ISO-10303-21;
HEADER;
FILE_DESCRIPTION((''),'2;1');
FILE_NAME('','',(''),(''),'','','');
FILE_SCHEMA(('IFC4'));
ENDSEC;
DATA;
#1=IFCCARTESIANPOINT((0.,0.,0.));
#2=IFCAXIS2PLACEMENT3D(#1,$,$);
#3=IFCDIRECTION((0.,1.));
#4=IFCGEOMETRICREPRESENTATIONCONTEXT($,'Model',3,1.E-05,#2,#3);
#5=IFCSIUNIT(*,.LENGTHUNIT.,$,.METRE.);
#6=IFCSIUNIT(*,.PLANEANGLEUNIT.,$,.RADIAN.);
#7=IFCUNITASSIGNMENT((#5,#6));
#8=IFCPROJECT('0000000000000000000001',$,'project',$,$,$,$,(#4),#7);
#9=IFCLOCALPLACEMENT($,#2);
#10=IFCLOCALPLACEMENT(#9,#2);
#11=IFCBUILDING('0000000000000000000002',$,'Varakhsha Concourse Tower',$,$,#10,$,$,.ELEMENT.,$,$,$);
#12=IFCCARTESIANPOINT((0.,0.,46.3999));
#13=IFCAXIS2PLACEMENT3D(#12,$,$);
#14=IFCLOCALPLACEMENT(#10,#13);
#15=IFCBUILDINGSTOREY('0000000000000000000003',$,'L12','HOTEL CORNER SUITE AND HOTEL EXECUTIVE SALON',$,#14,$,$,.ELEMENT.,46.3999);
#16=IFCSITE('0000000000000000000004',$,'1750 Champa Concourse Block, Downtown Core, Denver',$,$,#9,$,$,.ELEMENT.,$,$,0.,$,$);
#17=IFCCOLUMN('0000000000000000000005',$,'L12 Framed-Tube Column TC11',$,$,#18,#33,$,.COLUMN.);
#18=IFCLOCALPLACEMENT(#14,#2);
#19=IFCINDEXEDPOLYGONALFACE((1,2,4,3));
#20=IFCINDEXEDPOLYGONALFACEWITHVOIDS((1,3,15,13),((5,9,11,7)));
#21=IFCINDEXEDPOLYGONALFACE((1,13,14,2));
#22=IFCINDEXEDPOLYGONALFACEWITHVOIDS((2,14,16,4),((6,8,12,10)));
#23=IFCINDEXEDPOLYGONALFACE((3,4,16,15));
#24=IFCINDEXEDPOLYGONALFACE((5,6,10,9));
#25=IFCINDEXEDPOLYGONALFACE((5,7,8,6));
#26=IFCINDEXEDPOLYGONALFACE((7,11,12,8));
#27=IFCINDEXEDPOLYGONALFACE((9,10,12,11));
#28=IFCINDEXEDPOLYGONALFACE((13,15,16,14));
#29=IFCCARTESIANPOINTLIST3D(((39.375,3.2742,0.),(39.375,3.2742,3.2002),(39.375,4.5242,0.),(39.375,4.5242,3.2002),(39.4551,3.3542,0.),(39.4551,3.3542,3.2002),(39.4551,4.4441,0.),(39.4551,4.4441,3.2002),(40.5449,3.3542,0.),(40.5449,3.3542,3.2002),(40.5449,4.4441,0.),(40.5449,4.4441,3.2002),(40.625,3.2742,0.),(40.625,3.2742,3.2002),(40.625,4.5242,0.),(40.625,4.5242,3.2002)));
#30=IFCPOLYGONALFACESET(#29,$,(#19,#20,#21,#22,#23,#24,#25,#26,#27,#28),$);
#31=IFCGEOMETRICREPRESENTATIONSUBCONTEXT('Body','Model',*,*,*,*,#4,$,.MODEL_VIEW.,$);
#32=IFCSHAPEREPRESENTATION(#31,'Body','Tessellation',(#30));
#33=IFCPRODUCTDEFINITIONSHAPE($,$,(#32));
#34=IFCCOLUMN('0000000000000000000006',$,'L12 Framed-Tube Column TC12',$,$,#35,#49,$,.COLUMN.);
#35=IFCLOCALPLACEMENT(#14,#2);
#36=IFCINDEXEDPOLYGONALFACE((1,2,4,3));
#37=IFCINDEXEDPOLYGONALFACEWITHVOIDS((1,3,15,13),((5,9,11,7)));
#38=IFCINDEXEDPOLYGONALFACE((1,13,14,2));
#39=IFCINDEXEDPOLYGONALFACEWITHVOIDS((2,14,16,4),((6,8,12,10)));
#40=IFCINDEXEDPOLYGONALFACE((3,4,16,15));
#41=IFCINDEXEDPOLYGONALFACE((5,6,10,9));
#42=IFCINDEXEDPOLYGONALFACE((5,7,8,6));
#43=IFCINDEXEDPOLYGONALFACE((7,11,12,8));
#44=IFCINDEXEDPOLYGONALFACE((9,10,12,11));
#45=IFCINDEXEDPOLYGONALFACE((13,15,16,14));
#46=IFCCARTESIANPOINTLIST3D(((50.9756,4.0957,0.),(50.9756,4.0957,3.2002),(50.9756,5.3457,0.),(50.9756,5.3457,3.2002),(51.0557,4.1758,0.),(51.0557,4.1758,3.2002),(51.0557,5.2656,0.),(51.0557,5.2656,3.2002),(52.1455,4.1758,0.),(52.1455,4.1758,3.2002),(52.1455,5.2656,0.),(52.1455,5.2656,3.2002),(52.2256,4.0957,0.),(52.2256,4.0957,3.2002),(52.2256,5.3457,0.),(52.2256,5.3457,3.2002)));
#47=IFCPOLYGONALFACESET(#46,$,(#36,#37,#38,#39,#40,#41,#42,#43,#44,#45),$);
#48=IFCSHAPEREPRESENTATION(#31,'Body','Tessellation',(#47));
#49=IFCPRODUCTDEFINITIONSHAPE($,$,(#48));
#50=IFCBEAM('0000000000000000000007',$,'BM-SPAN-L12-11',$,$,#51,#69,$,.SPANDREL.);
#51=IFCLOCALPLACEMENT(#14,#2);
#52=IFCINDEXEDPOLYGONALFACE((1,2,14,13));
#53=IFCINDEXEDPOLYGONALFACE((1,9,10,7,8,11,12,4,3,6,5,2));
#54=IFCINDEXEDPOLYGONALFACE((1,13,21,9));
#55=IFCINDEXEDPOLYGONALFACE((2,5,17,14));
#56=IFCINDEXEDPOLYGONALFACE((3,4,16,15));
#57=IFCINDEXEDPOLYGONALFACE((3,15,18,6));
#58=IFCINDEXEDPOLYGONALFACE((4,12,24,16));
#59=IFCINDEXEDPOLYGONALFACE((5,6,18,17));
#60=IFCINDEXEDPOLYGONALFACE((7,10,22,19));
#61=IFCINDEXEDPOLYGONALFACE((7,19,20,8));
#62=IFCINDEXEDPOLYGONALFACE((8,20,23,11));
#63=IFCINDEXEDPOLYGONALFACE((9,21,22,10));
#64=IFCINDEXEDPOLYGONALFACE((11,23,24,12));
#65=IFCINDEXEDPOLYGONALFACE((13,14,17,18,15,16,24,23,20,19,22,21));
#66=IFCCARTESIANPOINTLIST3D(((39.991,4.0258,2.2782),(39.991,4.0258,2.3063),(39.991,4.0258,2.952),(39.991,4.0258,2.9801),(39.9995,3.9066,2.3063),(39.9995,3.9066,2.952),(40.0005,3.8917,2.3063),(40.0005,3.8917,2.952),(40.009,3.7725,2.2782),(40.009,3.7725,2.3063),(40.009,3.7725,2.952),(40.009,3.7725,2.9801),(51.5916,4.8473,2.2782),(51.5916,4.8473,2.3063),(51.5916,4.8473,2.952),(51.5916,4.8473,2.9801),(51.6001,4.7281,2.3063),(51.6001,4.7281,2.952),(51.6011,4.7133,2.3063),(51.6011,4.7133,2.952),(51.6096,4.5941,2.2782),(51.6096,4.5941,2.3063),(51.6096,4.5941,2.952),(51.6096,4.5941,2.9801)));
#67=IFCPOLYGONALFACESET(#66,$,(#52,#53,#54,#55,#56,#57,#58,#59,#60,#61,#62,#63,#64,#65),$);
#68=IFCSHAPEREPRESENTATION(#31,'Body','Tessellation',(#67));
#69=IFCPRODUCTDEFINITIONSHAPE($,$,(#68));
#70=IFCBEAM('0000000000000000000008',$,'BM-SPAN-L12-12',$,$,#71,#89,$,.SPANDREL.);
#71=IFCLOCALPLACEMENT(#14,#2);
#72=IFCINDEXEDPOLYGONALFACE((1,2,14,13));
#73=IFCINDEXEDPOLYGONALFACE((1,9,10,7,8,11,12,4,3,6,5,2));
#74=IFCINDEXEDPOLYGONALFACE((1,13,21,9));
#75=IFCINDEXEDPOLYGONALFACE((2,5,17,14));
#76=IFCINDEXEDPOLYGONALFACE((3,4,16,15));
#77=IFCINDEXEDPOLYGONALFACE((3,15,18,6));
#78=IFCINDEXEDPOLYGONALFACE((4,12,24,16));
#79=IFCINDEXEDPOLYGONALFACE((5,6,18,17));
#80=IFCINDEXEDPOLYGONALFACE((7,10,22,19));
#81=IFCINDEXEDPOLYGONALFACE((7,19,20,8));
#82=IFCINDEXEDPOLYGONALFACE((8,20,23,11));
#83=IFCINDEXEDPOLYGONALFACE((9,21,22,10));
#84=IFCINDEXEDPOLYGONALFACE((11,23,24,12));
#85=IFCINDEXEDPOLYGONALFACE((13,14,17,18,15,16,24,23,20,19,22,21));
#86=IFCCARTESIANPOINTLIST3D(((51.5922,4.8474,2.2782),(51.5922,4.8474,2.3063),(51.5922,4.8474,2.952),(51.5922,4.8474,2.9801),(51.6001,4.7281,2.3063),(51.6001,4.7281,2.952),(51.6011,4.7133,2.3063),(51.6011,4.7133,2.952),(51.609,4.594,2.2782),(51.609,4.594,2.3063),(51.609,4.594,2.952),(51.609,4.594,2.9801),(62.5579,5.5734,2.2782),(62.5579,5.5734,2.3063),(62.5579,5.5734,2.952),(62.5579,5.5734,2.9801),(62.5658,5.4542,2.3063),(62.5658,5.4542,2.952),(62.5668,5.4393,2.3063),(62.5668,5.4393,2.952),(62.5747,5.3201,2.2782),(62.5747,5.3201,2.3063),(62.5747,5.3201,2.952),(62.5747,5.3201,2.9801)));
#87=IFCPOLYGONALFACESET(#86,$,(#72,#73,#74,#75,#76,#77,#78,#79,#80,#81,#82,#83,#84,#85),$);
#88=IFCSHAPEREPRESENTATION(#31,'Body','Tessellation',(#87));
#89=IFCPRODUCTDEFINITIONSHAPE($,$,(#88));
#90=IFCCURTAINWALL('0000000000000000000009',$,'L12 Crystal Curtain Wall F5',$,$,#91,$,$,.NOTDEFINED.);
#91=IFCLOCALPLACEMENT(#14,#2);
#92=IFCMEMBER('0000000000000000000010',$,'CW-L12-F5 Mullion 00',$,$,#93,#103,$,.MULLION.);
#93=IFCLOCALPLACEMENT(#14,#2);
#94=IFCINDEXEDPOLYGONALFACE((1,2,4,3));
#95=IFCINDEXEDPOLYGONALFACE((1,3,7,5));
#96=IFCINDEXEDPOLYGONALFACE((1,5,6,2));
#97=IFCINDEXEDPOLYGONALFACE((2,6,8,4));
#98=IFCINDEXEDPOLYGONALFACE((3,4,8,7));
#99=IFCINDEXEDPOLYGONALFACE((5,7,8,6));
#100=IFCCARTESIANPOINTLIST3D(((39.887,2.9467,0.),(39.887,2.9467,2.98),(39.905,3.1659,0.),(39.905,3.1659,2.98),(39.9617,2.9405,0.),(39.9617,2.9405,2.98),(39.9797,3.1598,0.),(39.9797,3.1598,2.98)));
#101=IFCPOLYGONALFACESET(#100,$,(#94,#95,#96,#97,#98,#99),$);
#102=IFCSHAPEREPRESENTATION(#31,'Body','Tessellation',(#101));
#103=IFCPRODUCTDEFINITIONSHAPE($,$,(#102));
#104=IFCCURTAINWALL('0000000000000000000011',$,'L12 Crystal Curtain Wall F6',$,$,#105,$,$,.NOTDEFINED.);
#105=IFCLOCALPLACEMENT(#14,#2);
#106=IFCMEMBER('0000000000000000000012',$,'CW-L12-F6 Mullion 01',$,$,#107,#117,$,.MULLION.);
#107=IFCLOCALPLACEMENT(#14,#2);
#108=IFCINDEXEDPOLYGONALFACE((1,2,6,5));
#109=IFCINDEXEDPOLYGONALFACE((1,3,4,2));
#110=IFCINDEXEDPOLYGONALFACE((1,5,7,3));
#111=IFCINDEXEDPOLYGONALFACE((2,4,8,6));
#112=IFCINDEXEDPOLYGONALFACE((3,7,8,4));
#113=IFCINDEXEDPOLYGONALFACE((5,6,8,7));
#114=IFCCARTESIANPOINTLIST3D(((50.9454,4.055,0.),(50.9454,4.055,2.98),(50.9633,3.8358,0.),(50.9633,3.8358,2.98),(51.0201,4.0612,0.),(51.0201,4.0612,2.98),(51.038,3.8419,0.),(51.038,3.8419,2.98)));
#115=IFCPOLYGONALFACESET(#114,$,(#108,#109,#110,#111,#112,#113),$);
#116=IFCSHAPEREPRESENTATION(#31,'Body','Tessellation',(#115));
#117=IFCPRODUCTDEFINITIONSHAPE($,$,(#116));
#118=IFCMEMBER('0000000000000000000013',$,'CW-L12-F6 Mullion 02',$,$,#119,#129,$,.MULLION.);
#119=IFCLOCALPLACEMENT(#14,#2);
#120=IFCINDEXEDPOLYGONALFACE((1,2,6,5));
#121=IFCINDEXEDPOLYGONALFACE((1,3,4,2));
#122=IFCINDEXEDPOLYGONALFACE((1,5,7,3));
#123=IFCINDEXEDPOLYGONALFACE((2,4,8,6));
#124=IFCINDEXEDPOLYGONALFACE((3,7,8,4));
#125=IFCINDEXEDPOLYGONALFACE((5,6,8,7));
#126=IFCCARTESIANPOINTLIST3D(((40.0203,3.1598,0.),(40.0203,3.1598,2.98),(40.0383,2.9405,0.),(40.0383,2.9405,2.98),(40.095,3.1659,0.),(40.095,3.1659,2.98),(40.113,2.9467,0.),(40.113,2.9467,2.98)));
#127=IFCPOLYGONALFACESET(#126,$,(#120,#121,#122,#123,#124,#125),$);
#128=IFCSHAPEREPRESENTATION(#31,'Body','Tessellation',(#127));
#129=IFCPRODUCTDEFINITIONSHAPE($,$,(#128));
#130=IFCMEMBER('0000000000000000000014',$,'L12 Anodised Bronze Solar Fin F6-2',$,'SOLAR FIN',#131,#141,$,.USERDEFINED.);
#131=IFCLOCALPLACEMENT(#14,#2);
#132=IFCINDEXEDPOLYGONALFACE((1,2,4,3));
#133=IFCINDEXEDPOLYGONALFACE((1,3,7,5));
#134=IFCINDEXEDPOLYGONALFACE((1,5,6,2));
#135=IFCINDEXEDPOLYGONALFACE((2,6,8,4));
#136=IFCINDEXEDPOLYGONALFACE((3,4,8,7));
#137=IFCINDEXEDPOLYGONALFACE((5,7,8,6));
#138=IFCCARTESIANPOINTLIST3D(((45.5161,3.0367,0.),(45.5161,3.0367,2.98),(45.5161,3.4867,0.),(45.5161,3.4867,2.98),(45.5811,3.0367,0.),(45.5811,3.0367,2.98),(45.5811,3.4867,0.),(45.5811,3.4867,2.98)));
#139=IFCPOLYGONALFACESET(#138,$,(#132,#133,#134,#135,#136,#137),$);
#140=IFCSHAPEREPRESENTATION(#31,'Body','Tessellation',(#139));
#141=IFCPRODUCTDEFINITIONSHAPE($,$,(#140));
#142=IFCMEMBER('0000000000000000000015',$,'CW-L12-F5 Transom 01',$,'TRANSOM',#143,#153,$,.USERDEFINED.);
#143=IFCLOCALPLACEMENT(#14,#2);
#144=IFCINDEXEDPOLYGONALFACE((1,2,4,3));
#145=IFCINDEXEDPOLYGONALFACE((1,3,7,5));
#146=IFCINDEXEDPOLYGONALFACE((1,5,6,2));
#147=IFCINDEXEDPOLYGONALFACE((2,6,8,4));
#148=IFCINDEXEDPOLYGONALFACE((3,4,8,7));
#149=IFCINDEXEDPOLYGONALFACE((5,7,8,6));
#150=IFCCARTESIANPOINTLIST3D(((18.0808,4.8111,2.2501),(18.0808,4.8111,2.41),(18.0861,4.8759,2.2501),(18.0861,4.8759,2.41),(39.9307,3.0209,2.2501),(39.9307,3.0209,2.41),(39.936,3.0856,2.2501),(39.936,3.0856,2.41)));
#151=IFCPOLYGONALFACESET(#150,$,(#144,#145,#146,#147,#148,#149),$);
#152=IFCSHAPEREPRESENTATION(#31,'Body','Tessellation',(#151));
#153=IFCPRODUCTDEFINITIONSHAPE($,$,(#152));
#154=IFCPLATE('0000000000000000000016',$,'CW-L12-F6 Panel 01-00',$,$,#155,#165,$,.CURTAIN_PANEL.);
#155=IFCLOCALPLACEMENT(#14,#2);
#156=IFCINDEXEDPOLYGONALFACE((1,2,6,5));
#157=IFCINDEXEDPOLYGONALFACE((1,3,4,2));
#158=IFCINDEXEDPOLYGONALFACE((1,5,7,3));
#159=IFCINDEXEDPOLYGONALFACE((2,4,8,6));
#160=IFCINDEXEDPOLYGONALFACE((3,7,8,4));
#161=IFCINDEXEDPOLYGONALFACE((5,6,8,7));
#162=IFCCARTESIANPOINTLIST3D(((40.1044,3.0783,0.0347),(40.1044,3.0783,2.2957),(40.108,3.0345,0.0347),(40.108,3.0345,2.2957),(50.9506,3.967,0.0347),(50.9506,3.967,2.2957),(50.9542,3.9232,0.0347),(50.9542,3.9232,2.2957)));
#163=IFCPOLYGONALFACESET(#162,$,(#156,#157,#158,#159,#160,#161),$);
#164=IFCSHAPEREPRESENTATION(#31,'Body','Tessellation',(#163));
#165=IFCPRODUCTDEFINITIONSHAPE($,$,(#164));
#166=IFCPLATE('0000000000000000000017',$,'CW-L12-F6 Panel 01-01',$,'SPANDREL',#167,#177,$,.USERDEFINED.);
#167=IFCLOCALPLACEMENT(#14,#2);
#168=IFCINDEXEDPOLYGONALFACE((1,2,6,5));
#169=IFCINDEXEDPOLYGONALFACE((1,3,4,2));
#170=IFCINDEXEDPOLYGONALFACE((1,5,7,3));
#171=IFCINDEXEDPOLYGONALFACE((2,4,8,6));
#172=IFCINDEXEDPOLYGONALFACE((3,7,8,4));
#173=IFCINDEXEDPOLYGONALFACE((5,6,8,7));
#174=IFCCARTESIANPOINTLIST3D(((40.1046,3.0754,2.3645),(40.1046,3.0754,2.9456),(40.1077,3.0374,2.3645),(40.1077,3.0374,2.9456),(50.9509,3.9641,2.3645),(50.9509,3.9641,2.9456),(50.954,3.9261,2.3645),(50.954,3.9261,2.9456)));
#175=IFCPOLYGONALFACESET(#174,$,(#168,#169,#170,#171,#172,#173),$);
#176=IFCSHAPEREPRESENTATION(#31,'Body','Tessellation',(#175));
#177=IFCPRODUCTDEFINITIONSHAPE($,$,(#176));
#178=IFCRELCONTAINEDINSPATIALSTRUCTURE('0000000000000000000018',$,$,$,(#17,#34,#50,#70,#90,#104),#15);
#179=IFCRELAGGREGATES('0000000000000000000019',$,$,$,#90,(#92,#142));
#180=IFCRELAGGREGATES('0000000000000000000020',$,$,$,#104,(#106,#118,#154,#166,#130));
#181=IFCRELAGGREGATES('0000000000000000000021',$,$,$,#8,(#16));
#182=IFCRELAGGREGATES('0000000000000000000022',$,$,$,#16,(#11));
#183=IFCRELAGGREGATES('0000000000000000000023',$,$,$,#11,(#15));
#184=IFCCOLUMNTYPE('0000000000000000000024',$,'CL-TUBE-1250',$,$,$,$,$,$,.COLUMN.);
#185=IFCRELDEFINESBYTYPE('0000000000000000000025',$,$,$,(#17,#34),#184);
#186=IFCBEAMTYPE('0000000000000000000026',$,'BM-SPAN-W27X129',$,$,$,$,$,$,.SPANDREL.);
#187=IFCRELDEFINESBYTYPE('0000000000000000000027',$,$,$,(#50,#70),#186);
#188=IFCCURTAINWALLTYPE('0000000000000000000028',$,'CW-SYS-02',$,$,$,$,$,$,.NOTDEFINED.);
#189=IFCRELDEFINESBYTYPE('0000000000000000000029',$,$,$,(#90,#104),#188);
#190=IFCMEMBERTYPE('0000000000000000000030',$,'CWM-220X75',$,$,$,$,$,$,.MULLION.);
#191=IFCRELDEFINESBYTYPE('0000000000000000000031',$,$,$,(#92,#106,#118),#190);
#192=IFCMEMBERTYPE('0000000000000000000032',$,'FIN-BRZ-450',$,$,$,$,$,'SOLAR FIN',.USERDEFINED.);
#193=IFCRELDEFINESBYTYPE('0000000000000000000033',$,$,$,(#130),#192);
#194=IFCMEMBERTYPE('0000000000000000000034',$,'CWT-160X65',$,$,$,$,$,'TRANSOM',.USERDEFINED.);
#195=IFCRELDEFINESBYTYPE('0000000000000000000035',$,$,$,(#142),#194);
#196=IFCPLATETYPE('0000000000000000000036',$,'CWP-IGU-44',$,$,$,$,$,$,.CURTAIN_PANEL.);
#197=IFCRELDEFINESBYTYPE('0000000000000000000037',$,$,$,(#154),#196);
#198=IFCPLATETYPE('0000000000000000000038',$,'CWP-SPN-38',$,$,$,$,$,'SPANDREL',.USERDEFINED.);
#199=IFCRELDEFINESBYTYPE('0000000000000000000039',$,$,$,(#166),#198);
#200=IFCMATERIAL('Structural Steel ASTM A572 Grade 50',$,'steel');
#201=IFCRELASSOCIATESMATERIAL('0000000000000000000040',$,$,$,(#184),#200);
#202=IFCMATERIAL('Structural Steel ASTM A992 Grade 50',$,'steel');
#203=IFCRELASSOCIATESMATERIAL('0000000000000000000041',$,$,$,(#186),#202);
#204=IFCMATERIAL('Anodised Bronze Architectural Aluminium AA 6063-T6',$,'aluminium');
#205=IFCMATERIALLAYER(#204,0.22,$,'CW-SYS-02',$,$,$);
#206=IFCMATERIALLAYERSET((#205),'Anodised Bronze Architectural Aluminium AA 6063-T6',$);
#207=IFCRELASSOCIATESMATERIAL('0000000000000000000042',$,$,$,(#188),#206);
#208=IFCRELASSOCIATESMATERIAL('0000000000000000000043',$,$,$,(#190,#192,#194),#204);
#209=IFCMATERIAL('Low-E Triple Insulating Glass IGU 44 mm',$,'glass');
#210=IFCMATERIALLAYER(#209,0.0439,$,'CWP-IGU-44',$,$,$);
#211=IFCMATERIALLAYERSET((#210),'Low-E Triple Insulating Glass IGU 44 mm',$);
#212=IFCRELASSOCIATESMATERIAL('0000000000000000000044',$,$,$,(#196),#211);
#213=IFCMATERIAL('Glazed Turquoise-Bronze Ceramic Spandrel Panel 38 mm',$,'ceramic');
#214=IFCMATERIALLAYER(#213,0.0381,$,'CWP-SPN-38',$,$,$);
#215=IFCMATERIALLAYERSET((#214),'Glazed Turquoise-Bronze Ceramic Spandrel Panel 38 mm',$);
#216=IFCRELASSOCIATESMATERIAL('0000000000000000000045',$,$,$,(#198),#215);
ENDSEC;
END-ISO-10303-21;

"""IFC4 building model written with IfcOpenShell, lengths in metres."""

from ifc_helpers import new_model, si_unit, direction, frame, origin, origin_2d, place, context, subcontext, project, spatial, rectangle, hollow_rectangle, i_section, extrude, source, transform, mapped, material, layer, layer_set, material_profile, profile_set, type_object, type_shapes, element, aggregate, save


model = new_model("IFC4")

# Units and contexts
model_context = context("Model", 3, precision=1e-05, world=origin(), true_north=direction((0.0, 1.0)))
body_context = subcontext(model_context, "Body", "Model", "MODEL_VIEW")
ifc_project = project(units=[si_unit("LENGTHUNIT", "METRE"), si_unit("PLANEANGLEUNIT", "RADIAN")], contexts=[model_context])

# Site, building, storey
site_placement = place(None, origin())
site = spatial("IfcSite", under=ifc_project, at=site_placement, Name="1750 Champa Concourse Block, Downtown Core, Denver", CompositionType="ELEMENT", RefElevation=0.0)
building_placement = place(site_placement, origin())
building = spatial("IfcBuilding", under=site, at=building_placement, Name="Varakhsha Concourse Tower", CompositionType="ELEMENT")
storey_placement = place(building_placement, frame((0.0, 0.0, 46.3999)))
storey = spatial("IfcBuildingStorey", under=building, at=storey_placement, Name="L12", Description="HOTEL CORNER SUITE AND HOTEL EXECUTIVE SALON", CompositionType="ELEMENT", Elevation=46.3999)

# Columns
ifc_material_1 = material(Name="Structural Steel ASTM A572 Grade 50", Category="steel")
ifc_material_profile_1 = material_profile(ifc_material_1, hollow_rectangle(XDim=1.25, YDim=1.25, WallThickness=0.0801, at=origin_2d()), Name="BOX 1250x1250x80")
ifc_profile_set_1 = profile_set([ifc_material_profile_1], Name="Structural Steel ASTM A572 Grade 50")
column_type = type_object("IfcColumnType", Name="CL-TUBE-1250", PredefinedType="COLUMN", material=ifc_profile_set_1)
for number, where, z_axis, x_axis, name in (
    (1, (40.0, 3.8992, 0.0), (0.0, 0.0, 1.0), (1.0, 0.0, 0.0), "L12 Framed-Tube Column TC11"),
    (2, (51.6006, 4.7207, 0.0), (0.0, 0.0, 1.0), (1.0, 0.0, 0.0), "L12 Framed-Tube Column TC12"),
):
    element("IfcColumn", number, at=place(storey_placement, frame(where, z_axis=z_axis, x_axis=x_axis)), inside=storey, type_object=column_type, Name=name, PredefinedType="COLUMN", context=body_context, shape_type="SweptSolid", body=[
        extrude(hollow_rectangle(XDim=1.25, YDim=1.25, WallThickness=0.0801, at=origin_2d()), origin(), (0.0, 0.0, 1.0), 3.2002),
    ])

# Beams
ifc_material_2 = material(Name="Structural Steel ASTM A992 Grade 50", Category="steel")
ifc_material_profile_2 = material_profile(ifc_material_2, i_section(OverallWidth=0.2539, OverallDepth=0.7019, WebThickness=0.0149, FlangeThickness=0.0281, at=origin_2d()), Name="W27X129")
ifc_profile_set_2 = profile_set([ifc_material_profile_2], Name="Structural Steel ASTM A992 Grade 50")
beam_type = type_object("IfcBeamType", Name="BM-SPAN-W27X129", PredefinedType="SPANDREL", material=ifc_profile_set_2)
beam_1_placement = place(storey_placement, frame((40.0, 3.8992, 2.6292), z_axis=(0.997502, 0.070641, 0.0), x_axis=(-0.070641, 0.997502, 0.0)))
element("IfcBeam", 3, at=beam_1_placement, inside=storey, type_object=beam_type, Name="BM-SPAN-L12-11", PredefinedType="SPANDREL", context=body_context, shape_type="SweptSolid", body=[
    extrude(i_section(OverallWidth=0.2539, OverallDepth=0.7019, WebThickness=0.0149, FlangeThickness=0.0281, at=origin_2d()), origin(), (0.0, 0.0, 1.0), 11.6296),
])
beam_2_placement = place(storey_placement, frame((51.6006, 4.7207, 2.6292), z_axis=(0.997815, 0.066068, 0.0), x_axis=(-0.066068, 0.997815, 0.0)))
element("IfcBeam", 4, at=beam_2_placement, inside=storey, type_object=beam_type, Name="BM-SPAN-L12-12", PredefinedType="SPANDREL", context=body_context, shape_type="SweptSolid", body=[
    extrude(i_section(OverallWidth=0.2539, OverallDepth=0.7019, WebThickness=0.0149, FlangeThickness=0.0281, at=origin_2d()), origin(), (0.0, 0.0, 1.0), 10.9897),
])

# Curtain wall, member
ifc_material_3 = material(Name="Anodised Bronze Architectural Aluminium AA 6063-T6", Category="aluminium")
ifc_layer_1 = layer(ifc_material_3, 0.22, Name="CW-SYS-02")
ifc_layer_set_1 = layer_set([ifc_layer_1], Name="Anodised Bronze Architectural Aluminium AA 6063-T6")
curtain_wall_type = type_object("IfcCurtainWallType", Name="CW-SYS-02", PredefinedType="NOTDEFINED", material=ifc_layer_set_1)
curtain_wall_1_placement = place(storey_placement, origin())
curtain_wall_1 = element("IfcCurtainWall", 5, at=curtain_wall_1_placement, inside=storey, type_object=curtain_wall_type, Name="L12 Crystal Curtain Wall F5", PredefinedType="NOTDEFINED")
ifc_material_profile_3 = material_profile(ifc_material_3, rectangle(XDim=0.075, YDim=0.22, at=origin_2d()), Name="CWM-220X75")
ifc_profile_set_3 = profile_set([ifc_material_profile_3], Name="Anodised Bronze Architectural Aluminium AA 6063-T6")
member_type_1 = type_object("IfcMemberType", Name="CWM-220X75", PredefinedType="MULLION", material=ifc_profile_set_3)
shared_shape_1 = source(origin(), body_context, "Body", "SweptSolid", [
    extrude(rectangle(XDim=0.075, YDim=0.22, at=origin_2d()), origin(), (0.0, 0.0, 1.0), 2.98),
])
type_shapes(member_type_1, [shared_shape_1])
member_1_placement = place(storey_placement, frame((39.9333, 3.0532, 0.0), z_axis=(0.0, 0.0, 1.0), x_axis=(-0.99666, 0.081664, 0.0)))
member_1 = element("IfcMember", 6, at=member_1_placement, type_object=member_type_1, Name="CW-L12-F5 Mullion 00", PredefinedType="MULLION", context=body_context, shape_type="MappedRepresentation", body=[
    mapped(shared_shape_1, transform((0.0, 0.0, 0.0), scale=1.0)),
])

# Curtain wall, members
curtain_wall_2_placement = place(storey_placement, origin())
curtain_wall_2 = element("IfcCurtainWall", 7, at=curtain_wall_2_placement, inside=storey, type_object=curtain_wall_type, Name="L12 Crystal Curtain Wall F6", PredefinedType="NOTDEFINED")
member_2_placement = place(storey_placement, frame((50.9917, 3.9485, 0.0), z_axis=(0.0, 0.0, 1.0), x_axis=(-0.99666, -0.081664, 0.0)))
member_2 = element("IfcMember", 8, at=member_2_placement, type_object=member_type_1, Name="CW-L12-F6 Mullion 01", PredefinedType="MULLION", context=body_context, shape_type="MappedRepresentation", body=[
    mapped(shared_shape_1, transform((0.0, 0.0, 0.0), scale=1.0)),
])
member_3_placement = place(storey_placement, frame((40.0667, 3.0532, 0.0), z_axis=(0.0, 0.0, 1.0), x_axis=(-0.99666, -0.081664, 0.0)))
member_3 = element("IfcMember", 9, at=member_3_placement, type_object=member_type_1, Name="CW-L12-F6 Mullion 02", PredefinedType="MULLION", context=body_context, shape_type="MappedRepresentation", body=[
    mapped(shared_shape_1, transform((0.0, 0.0, 0.0), scale=1.0)),
])
ifc_material_profile_4 = material_profile(ifc_material_3, rectangle(XDim=0.0649, YDim=0.45, at=origin_2d()), Name="FIN-BRZ-450")
ifc_profile_set_4 = profile_set([ifc_material_profile_4], Name="Anodised Bronze Architectural Aluminium AA 6063-T6")
member_type_2 = type_object("IfcMemberType", Name="FIN-BRZ-450", ElementType="SOLAR FIN", PredefinedType="USERDEFINED", material=ifc_profile_set_4)
shared_shape_2 = source(origin(), body_context, "Body", "SweptSolid", [
    extrude(rectangle(XDim=0.0649, YDim=0.45, at=origin_2d()), origin(), (0.0, 0.0, 1.0), 2.98),
])
type_shapes(member_type_2, [shared_shape_2])
member_4_placement = place(storey_placement, frame((45.5486, 3.2617, 0.0), z_axis=(0.0, 0.0, 1.0), x_axis=(1.0, 0.0, 0.0)))
member_4 = element("IfcMember", 10, at=member_4_placement, type_object=member_type_2, Name="L12 Anodised Bronze Solar Fin F6-2", ObjectType="SOLAR FIN", PredefinedType="USERDEFINED", context=body_context, shape_type="MappedRepresentation", body=[
    mapped(shared_shape_2, transform((0.0, 0.0, 0.0), scale=1.0)),
])

# Member
ifc_material_profile_5 = material_profile(ifc_material_3, rectangle(XDim=0.0649, YDim=0.1599, at=origin_2d()), Name="CWT-160X65")
ifc_profile_set_5 = profile_set([ifc_material_profile_5], Name="Anodised Bronze Architectural Aluminium AA 6063-T6")
member_type_3 = type_object("IfcMemberType", Name="CWT-160X65", ElementType="TRANSOM", PredefinedType="USERDEFINED", material=ifc_profile_set_5)
shared_shape_3 = source(origin(), body_context, "Body", "SweptSolid", [
    extrude(rectangle(XDim=0.0649, YDim=0.1599, at=origin_2d()), origin(), (0.0, 0.0, 1.0), 21.9231),
])
type_shapes(member_type_3, [shared_shape_3])
member_5_placement = place(storey_placement, frame((39.9333, 3.0532, 2.3301), z_axis=(-0.99666, 0.081662, 0.0), x_axis=(-0.081662, -0.99666, 0.0)))
member_5 = element("IfcMember", 11, at=member_5_placement, type_object=member_type_3, Name="CW-L12-F5 Transom 01", ObjectType="TRANSOM", PredefinedType="USERDEFINED", context=body_context, shape_type="MappedRepresentation", body=[
    mapped(shared_shape_3, transform((0.0, 0.0, 0.0), scale=1.0)),
])
aggregate(curtain_wall_1, [member_1, member_5])

# Plates
ifc_material_4 = material(Name="Low-E Triple Insulating Glass IGU 44 mm", Category="glass")
ifc_layer_2 = layer(ifc_material_4, 0.0439, Name="CWP-IGU-44")
ifc_layer_set_2 = layer_set([ifc_layer_2], Name="Low-E Triple Insulating Glass IGU 44 mm")
plate_type_1 = type_object("IfcPlateType", Name="CWP-IGU-44", PredefinedType="CURTAIN_PANEL", material=ifc_layer_set_2)
shared_shape_4 = source(origin(), body_context, "Body", "SweptSolid", [
    extrude(rectangle(XDim=10.8826, YDim=0.0439, at=origin_2d()), origin(), (0.0, 0.0, 1.0), 2.261),
])
type_shapes(plate_type_1, [shared_shape_4])
plate_1_placement = place(storey_placement, frame((45.5293, 3.5007, 0.0347), z_axis=(0.0, 0.0, 1.0), x_axis=(-0.99666, -0.081664, 0.0)))
plate_1 = element("IfcPlate", 12, at=plate_1_placement, type_object=plate_type_1, Name="CW-L12-F6 Panel 01-00", PredefinedType="CURTAIN_PANEL", context=body_context, shape_type="MappedRepresentation", body=[
    mapped(shared_shape_4, transform((0.0, 0.0, 0.0), scale=1.0)),
])
ifc_material_5 = material(Name="Glazed Turquoise-Bronze Ceramic Spandrel Panel 38 mm", Category="ceramic")
ifc_layer_3 = layer(ifc_material_5, 0.0381, Name="CWP-SPN-38")
ifc_layer_set_3 = layer_set([ifc_layer_3], Name="Glazed Turquoise-Bronze Ceramic Spandrel Panel 38 mm")
plate_type_2 = type_object("IfcPlateType", Name="CWP-SPN-38", ElementType="SPANDREL", PredefinedType="USERDEFINED", material=ifc_layer_set_3)
shared_shape_5 = source(origin(), body_context, "Body", "SweptSolid", [
    extrude(rectangle(XDim=10.8826, YDim=0.0381, at=origin_2d()), origin(), (0.0, 0.0, 1.0), 0.5811),
])
type_shapes(plate_type_2, [shared_shape_5])
plate_2_placement = place(storey_placement, frame((45.5293, 3.5007, 2.3645), z_axis=(0.0, 0.0, 1.0), x_axis=(-0.99666, -0.081664, 0.0)))
plate_2 = element("IfcPlate", 13, at=plate_2_placement, type_object=plate_type_2, Name="CW-L12-F6 Panel 01-01", ObjectType="SPANDREL", PredefinedType="USERDEFINED", context=body_context, shape_type="MappedRepresentation", body=[
    mapped(shared_shape_5, transform((0.0, 0.0, 0.0), scale=1.0)),
])
aggregate(curtain_wall_2, [member_2, member_3, plate_1, plate_2, member_4])

save(model, "model.ifc")
